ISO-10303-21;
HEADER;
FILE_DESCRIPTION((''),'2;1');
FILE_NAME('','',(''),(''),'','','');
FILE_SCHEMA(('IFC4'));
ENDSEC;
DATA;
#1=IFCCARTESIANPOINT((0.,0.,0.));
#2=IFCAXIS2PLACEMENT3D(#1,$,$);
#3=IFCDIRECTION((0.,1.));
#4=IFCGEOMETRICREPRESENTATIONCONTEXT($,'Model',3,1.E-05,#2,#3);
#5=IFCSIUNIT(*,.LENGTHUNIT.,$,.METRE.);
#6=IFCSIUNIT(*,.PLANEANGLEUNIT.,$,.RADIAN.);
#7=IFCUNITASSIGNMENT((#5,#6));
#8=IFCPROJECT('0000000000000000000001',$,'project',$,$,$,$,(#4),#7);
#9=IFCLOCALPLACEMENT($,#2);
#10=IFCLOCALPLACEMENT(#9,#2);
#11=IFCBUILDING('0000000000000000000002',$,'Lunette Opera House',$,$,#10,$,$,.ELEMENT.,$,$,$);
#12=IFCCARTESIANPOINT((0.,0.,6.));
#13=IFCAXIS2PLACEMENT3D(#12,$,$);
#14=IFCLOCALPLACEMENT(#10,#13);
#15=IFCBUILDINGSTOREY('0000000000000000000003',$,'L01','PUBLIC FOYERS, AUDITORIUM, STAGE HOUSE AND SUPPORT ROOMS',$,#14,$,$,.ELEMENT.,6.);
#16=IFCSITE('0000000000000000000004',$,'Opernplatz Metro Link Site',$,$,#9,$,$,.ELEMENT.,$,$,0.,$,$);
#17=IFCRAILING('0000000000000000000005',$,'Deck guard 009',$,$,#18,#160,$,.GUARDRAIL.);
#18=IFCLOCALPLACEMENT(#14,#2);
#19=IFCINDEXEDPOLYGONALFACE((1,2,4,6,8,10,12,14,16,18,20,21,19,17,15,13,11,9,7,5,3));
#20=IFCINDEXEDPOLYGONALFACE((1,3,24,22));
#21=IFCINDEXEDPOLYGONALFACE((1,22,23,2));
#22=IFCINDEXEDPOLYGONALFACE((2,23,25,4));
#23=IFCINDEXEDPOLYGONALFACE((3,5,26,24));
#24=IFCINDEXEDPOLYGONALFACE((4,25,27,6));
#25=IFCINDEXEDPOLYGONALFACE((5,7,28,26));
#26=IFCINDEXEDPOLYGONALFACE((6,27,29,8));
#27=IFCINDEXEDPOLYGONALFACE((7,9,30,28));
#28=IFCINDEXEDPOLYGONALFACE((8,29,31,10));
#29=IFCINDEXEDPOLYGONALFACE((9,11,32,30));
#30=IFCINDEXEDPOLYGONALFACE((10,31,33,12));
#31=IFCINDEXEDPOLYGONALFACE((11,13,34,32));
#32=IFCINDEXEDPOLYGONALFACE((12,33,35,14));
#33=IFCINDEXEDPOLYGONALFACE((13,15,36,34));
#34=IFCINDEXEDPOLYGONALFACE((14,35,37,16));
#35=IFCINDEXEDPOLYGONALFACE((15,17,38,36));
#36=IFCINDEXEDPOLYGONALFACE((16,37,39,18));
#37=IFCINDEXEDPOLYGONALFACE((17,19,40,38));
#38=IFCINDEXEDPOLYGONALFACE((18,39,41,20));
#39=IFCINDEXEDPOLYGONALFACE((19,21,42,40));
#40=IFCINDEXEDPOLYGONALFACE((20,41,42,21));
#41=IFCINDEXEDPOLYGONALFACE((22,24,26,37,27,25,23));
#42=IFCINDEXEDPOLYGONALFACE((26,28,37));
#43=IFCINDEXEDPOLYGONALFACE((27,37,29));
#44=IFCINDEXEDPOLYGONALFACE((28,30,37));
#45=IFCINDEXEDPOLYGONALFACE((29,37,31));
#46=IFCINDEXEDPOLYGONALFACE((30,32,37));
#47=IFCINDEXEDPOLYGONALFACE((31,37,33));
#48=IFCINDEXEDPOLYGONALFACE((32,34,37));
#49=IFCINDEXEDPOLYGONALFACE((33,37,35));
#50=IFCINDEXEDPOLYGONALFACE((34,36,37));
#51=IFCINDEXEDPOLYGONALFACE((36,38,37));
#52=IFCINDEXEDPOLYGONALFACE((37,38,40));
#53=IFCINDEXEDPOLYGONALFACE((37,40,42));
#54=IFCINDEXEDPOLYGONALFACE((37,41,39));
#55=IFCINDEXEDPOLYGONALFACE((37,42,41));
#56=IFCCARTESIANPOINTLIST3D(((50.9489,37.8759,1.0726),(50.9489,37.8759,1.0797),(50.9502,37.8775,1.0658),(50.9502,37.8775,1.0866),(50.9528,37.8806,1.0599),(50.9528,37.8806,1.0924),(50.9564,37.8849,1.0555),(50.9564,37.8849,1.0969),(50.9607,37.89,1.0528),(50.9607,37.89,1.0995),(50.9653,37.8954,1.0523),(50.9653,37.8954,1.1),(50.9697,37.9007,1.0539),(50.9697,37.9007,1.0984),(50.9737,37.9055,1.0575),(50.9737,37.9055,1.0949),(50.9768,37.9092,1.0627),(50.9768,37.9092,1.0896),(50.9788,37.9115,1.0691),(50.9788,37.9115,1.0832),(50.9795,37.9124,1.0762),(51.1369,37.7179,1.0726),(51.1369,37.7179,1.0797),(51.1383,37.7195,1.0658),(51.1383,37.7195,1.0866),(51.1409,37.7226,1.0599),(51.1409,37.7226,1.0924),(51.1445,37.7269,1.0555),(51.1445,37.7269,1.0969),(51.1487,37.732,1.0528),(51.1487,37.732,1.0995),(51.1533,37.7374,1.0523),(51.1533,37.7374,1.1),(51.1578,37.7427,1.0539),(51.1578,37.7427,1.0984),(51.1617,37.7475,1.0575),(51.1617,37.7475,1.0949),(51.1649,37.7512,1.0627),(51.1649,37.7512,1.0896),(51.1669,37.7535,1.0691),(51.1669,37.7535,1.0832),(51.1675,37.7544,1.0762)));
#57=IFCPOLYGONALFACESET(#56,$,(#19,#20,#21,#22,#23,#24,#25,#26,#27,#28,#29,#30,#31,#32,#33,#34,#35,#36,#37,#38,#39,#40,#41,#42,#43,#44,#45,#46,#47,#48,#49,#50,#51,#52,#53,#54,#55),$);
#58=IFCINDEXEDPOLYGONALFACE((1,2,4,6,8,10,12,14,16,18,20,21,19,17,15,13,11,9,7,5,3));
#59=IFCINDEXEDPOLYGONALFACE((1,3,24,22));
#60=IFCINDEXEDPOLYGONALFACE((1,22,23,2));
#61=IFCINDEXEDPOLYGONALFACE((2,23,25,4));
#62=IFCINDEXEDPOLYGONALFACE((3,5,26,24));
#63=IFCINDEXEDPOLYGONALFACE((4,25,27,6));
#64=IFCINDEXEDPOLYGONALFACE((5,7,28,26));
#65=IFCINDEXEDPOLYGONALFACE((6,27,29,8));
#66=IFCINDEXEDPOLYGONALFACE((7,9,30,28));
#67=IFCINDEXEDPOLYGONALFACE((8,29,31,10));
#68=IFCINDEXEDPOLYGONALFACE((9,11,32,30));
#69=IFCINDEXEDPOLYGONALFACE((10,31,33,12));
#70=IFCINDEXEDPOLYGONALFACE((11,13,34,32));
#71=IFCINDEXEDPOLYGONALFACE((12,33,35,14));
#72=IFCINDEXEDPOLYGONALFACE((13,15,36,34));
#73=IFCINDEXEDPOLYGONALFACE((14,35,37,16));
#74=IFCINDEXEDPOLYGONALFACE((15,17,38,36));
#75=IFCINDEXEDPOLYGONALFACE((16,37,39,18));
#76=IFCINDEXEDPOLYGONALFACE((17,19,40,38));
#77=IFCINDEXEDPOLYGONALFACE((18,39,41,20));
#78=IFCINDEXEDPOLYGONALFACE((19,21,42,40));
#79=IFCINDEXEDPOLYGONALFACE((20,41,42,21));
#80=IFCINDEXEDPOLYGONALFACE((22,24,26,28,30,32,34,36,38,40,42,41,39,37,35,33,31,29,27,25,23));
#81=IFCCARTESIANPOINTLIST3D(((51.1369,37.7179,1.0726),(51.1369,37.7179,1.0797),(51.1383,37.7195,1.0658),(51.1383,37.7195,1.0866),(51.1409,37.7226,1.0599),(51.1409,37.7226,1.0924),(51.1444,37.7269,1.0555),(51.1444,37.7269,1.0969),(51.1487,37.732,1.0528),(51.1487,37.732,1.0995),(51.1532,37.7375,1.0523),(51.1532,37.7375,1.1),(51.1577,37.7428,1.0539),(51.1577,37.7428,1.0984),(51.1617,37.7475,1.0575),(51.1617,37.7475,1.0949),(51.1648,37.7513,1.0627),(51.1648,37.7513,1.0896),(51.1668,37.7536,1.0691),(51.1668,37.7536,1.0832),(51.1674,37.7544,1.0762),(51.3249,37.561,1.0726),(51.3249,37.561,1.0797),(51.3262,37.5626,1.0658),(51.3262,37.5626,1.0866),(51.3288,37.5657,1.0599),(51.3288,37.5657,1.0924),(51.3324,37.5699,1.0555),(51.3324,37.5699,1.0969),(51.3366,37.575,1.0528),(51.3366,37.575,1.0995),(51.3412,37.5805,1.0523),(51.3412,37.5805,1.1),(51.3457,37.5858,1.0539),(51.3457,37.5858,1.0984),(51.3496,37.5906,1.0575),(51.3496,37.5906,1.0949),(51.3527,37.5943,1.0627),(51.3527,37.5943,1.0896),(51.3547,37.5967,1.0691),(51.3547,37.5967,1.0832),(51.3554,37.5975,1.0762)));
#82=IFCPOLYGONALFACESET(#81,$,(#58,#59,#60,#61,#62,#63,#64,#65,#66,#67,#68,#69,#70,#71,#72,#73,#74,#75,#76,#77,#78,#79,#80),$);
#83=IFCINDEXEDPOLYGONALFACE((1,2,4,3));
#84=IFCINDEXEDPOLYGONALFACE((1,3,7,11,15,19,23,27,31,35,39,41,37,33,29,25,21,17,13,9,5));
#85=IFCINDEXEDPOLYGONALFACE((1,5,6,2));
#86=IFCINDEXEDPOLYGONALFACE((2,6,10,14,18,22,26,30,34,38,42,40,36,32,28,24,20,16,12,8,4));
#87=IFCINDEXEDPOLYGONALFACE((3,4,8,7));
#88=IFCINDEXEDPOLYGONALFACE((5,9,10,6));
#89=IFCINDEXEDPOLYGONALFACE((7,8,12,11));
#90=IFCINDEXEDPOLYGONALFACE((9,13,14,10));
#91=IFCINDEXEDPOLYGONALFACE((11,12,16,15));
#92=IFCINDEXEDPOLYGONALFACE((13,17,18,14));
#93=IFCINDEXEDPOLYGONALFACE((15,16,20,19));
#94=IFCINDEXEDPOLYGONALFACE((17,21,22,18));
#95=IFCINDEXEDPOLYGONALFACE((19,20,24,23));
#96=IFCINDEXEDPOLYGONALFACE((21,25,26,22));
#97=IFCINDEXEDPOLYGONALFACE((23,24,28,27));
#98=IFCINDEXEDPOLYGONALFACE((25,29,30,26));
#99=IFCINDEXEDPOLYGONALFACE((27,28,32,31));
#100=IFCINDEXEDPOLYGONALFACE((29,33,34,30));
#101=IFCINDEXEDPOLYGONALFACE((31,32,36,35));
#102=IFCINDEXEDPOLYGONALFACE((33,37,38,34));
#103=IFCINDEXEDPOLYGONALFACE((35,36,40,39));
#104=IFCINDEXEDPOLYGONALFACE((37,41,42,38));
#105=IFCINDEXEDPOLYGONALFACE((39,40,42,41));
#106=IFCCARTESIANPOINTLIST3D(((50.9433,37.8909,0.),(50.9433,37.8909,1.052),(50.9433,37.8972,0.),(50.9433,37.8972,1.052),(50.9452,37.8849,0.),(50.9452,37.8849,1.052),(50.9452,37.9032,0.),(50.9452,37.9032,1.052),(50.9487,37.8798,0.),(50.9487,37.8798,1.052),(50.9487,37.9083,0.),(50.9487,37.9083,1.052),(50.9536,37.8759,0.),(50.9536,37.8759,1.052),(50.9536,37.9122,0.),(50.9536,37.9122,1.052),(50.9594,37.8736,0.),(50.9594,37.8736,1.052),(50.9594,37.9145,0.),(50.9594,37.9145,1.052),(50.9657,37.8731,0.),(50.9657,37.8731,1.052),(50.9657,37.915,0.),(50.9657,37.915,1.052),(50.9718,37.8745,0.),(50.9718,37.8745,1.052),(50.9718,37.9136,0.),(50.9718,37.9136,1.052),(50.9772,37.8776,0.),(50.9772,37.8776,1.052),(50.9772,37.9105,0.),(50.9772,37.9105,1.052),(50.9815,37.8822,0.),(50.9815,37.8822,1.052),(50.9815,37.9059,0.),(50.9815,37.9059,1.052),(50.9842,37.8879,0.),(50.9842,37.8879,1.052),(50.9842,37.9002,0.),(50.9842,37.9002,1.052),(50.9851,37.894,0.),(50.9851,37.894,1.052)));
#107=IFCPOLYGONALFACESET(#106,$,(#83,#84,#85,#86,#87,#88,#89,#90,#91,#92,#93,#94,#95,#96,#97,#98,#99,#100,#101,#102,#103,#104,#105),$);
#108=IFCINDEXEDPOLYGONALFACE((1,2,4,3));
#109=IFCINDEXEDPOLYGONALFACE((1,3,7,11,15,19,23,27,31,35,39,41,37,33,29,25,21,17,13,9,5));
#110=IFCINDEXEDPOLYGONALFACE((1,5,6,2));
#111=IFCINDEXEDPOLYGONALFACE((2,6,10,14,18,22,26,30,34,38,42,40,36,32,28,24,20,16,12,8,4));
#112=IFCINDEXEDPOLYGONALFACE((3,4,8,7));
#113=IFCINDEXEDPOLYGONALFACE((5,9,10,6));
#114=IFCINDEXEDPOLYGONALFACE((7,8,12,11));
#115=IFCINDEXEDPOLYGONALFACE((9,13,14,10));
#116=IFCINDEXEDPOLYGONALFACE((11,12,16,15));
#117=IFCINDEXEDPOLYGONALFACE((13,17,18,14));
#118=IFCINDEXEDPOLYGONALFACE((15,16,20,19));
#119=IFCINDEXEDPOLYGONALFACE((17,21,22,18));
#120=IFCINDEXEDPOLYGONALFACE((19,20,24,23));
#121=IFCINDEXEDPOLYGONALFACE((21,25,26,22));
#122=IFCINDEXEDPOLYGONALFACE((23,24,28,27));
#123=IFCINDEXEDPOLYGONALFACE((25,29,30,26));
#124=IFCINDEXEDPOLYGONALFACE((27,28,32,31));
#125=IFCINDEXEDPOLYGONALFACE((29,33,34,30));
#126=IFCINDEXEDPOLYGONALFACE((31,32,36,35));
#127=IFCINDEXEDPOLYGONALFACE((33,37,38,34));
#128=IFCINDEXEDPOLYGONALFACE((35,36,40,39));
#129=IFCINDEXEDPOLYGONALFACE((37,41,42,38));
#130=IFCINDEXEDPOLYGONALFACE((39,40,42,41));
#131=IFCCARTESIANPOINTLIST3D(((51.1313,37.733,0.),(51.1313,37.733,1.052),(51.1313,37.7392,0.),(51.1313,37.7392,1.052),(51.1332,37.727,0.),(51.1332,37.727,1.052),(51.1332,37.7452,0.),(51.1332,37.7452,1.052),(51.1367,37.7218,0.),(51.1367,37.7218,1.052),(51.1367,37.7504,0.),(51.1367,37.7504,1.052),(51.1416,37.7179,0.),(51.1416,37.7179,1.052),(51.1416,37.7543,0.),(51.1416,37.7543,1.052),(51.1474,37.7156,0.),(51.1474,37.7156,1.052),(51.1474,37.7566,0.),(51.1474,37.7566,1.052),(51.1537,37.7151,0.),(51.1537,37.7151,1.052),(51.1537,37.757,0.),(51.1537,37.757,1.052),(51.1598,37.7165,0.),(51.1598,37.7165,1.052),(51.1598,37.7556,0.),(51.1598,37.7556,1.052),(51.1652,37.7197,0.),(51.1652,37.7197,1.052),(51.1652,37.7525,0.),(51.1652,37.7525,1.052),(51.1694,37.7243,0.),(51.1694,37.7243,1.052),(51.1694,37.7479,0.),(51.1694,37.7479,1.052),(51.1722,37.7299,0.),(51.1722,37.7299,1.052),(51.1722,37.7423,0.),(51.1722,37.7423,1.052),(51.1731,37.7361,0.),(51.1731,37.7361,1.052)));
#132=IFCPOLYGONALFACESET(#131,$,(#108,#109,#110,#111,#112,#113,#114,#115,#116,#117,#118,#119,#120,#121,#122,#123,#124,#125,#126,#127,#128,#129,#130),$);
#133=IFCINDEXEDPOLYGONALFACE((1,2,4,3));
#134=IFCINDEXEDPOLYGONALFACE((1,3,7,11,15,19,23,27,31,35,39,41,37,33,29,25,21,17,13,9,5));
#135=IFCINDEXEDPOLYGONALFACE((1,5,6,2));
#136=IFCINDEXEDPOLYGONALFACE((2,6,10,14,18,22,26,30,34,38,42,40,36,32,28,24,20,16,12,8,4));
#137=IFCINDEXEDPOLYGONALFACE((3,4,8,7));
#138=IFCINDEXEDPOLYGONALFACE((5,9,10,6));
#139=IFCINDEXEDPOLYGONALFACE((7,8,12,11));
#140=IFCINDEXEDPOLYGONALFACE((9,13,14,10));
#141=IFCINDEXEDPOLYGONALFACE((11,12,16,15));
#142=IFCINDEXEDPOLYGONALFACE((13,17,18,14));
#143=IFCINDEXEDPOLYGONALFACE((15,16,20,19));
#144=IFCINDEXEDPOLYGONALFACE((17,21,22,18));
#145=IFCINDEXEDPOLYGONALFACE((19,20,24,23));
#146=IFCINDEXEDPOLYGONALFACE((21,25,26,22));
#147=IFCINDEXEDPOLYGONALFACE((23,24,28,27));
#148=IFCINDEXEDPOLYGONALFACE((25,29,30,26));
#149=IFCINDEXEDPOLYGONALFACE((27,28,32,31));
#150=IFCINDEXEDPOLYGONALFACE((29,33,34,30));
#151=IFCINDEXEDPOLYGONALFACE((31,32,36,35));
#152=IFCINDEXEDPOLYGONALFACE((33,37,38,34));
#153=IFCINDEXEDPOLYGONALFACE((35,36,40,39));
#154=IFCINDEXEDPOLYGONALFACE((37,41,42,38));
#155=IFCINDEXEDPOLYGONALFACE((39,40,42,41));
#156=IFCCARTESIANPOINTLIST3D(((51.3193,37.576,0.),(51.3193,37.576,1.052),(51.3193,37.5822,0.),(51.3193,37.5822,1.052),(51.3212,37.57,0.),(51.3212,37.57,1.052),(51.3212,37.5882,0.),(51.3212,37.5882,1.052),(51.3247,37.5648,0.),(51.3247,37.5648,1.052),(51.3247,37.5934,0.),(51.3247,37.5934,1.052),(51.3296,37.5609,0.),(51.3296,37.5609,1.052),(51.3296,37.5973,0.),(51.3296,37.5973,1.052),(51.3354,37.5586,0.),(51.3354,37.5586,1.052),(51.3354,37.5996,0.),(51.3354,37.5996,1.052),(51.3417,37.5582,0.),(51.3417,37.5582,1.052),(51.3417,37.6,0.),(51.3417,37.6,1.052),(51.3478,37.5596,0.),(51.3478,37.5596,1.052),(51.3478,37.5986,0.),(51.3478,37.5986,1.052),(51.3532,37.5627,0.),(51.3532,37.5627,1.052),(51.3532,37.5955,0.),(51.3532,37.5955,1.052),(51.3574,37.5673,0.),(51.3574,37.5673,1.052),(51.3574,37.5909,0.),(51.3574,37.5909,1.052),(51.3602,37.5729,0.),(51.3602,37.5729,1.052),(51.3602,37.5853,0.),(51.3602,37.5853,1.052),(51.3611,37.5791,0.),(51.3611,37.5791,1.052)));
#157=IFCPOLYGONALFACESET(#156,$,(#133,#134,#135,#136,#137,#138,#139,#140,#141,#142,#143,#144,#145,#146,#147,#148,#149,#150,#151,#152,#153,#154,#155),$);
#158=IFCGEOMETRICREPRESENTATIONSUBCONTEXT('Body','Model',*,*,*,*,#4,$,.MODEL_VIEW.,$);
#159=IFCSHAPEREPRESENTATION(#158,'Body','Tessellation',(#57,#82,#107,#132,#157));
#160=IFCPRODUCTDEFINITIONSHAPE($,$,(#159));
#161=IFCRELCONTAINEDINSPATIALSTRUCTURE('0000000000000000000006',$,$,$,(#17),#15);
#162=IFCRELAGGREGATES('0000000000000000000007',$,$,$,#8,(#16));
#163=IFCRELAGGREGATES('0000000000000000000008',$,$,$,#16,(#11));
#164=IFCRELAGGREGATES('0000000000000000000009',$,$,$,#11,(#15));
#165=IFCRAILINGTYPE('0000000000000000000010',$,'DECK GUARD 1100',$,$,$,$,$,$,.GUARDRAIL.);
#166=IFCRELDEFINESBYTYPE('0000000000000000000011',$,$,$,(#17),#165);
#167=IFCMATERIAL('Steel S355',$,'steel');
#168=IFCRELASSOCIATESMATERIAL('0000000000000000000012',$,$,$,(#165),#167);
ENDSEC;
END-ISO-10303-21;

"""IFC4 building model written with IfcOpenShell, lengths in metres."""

from ifc_helpers import new_model, si_unit, direction, frame, origin, origin_2d, place, context, subcontext, project, spatial, circle, extrude, material, type_object, element, save


model = new_model("IFC4")

# Units and contexts
model_context = context("Model", 3, precision=1e-05, world=origin(), true_north=direction((0.0, 1.0)))
body_context = subcontext(model_context, "Body", "Model", "MODEL_VIEW")
ifc_project = project(units=[si_unit("LENGTHUNIT", "METRE"), si_unit("PLANEANGLEUNIT", "RADIAN")], contexts=[model_context])

# Site, building, storey
site_placement = place(None, origin())
site = spatial("IfcSite", under=ifc_project, at=site_placement, Name="Opernplatz Metro Link Site", CompositionType="ELEMENT", RefElevation=0.0)
building_placement = place(site_placement, origin())
building = spatial("IfcBuilding", under=site, at=building_placement, Name="Lunette Opera House", CompositionType="ELEMENT")
storey_placement = place(building_placement, frame((0.0, 0.0, 6.0)))
storey = spatial("IfcBuildingStorey", under=building, at=storey_placement, Name="L01", Description="PUBLIC FOYERS, AUDITORIUM, STAGE HOUSE AND SUPPORT ROOMS", CompositionType="ELEMENT", Elevation=6.0)

# Railing
ifc_material_1 = material(Name="Steel S355", Category="steel")
railing_type_1 = type_object("IfcRailingType", Name="DECK GUARD 1100", PredefinedType="GUARDRAIL", material=ifc_material_1)
railing_1_placement = place(storey_placement, frame((50.9641, 37.894, 0.0)))
element("IfcRailing", 1, at=railing_1_placement, inside=storey, type_object=railing_type_1, Name="Deck guard 009", PredefinedType="GUARDRAIL", context=body_context, shape_type="SweptSolid", body=[
    extrude(circle(Radius=0.0239, at=origin_2d()), frame((0.0, 0.0, 1.0762), z_axis=(0.765607, -0.643309, 0.0), x_axis=(0.643309, 0.765607, 0.0)), (0.0, 0.0, 1.0), 0.2456),
    extrude(circle(Radius=0.0239, at=origin_2d()), frame((0.188, -0.158, 1.0762), z_axis=(0.767567, -0.640968, 0.0), x_axis=(0.640968, 0.767567, 0.0)), (0.0, 0.0, 1.0), 0.2449),
    extrude(circle(Radius=0.021, at=origin_2d()), origin(), (0.0, 0.0, 1.0), 1.052),
    extrude(circle(Radius=0.021, at=origin_2d()), frame((0.188, -0.158, 0.0)), (0.0, 0.0, 1.0), 1.052),
    extrude(circle(Radius=0.021, at=origin_2d()), frame((0.376, -0.3149, 0.0)), (0.0, 0.0, 1.0), 1.052),
])

save(model, "model.ifc")
